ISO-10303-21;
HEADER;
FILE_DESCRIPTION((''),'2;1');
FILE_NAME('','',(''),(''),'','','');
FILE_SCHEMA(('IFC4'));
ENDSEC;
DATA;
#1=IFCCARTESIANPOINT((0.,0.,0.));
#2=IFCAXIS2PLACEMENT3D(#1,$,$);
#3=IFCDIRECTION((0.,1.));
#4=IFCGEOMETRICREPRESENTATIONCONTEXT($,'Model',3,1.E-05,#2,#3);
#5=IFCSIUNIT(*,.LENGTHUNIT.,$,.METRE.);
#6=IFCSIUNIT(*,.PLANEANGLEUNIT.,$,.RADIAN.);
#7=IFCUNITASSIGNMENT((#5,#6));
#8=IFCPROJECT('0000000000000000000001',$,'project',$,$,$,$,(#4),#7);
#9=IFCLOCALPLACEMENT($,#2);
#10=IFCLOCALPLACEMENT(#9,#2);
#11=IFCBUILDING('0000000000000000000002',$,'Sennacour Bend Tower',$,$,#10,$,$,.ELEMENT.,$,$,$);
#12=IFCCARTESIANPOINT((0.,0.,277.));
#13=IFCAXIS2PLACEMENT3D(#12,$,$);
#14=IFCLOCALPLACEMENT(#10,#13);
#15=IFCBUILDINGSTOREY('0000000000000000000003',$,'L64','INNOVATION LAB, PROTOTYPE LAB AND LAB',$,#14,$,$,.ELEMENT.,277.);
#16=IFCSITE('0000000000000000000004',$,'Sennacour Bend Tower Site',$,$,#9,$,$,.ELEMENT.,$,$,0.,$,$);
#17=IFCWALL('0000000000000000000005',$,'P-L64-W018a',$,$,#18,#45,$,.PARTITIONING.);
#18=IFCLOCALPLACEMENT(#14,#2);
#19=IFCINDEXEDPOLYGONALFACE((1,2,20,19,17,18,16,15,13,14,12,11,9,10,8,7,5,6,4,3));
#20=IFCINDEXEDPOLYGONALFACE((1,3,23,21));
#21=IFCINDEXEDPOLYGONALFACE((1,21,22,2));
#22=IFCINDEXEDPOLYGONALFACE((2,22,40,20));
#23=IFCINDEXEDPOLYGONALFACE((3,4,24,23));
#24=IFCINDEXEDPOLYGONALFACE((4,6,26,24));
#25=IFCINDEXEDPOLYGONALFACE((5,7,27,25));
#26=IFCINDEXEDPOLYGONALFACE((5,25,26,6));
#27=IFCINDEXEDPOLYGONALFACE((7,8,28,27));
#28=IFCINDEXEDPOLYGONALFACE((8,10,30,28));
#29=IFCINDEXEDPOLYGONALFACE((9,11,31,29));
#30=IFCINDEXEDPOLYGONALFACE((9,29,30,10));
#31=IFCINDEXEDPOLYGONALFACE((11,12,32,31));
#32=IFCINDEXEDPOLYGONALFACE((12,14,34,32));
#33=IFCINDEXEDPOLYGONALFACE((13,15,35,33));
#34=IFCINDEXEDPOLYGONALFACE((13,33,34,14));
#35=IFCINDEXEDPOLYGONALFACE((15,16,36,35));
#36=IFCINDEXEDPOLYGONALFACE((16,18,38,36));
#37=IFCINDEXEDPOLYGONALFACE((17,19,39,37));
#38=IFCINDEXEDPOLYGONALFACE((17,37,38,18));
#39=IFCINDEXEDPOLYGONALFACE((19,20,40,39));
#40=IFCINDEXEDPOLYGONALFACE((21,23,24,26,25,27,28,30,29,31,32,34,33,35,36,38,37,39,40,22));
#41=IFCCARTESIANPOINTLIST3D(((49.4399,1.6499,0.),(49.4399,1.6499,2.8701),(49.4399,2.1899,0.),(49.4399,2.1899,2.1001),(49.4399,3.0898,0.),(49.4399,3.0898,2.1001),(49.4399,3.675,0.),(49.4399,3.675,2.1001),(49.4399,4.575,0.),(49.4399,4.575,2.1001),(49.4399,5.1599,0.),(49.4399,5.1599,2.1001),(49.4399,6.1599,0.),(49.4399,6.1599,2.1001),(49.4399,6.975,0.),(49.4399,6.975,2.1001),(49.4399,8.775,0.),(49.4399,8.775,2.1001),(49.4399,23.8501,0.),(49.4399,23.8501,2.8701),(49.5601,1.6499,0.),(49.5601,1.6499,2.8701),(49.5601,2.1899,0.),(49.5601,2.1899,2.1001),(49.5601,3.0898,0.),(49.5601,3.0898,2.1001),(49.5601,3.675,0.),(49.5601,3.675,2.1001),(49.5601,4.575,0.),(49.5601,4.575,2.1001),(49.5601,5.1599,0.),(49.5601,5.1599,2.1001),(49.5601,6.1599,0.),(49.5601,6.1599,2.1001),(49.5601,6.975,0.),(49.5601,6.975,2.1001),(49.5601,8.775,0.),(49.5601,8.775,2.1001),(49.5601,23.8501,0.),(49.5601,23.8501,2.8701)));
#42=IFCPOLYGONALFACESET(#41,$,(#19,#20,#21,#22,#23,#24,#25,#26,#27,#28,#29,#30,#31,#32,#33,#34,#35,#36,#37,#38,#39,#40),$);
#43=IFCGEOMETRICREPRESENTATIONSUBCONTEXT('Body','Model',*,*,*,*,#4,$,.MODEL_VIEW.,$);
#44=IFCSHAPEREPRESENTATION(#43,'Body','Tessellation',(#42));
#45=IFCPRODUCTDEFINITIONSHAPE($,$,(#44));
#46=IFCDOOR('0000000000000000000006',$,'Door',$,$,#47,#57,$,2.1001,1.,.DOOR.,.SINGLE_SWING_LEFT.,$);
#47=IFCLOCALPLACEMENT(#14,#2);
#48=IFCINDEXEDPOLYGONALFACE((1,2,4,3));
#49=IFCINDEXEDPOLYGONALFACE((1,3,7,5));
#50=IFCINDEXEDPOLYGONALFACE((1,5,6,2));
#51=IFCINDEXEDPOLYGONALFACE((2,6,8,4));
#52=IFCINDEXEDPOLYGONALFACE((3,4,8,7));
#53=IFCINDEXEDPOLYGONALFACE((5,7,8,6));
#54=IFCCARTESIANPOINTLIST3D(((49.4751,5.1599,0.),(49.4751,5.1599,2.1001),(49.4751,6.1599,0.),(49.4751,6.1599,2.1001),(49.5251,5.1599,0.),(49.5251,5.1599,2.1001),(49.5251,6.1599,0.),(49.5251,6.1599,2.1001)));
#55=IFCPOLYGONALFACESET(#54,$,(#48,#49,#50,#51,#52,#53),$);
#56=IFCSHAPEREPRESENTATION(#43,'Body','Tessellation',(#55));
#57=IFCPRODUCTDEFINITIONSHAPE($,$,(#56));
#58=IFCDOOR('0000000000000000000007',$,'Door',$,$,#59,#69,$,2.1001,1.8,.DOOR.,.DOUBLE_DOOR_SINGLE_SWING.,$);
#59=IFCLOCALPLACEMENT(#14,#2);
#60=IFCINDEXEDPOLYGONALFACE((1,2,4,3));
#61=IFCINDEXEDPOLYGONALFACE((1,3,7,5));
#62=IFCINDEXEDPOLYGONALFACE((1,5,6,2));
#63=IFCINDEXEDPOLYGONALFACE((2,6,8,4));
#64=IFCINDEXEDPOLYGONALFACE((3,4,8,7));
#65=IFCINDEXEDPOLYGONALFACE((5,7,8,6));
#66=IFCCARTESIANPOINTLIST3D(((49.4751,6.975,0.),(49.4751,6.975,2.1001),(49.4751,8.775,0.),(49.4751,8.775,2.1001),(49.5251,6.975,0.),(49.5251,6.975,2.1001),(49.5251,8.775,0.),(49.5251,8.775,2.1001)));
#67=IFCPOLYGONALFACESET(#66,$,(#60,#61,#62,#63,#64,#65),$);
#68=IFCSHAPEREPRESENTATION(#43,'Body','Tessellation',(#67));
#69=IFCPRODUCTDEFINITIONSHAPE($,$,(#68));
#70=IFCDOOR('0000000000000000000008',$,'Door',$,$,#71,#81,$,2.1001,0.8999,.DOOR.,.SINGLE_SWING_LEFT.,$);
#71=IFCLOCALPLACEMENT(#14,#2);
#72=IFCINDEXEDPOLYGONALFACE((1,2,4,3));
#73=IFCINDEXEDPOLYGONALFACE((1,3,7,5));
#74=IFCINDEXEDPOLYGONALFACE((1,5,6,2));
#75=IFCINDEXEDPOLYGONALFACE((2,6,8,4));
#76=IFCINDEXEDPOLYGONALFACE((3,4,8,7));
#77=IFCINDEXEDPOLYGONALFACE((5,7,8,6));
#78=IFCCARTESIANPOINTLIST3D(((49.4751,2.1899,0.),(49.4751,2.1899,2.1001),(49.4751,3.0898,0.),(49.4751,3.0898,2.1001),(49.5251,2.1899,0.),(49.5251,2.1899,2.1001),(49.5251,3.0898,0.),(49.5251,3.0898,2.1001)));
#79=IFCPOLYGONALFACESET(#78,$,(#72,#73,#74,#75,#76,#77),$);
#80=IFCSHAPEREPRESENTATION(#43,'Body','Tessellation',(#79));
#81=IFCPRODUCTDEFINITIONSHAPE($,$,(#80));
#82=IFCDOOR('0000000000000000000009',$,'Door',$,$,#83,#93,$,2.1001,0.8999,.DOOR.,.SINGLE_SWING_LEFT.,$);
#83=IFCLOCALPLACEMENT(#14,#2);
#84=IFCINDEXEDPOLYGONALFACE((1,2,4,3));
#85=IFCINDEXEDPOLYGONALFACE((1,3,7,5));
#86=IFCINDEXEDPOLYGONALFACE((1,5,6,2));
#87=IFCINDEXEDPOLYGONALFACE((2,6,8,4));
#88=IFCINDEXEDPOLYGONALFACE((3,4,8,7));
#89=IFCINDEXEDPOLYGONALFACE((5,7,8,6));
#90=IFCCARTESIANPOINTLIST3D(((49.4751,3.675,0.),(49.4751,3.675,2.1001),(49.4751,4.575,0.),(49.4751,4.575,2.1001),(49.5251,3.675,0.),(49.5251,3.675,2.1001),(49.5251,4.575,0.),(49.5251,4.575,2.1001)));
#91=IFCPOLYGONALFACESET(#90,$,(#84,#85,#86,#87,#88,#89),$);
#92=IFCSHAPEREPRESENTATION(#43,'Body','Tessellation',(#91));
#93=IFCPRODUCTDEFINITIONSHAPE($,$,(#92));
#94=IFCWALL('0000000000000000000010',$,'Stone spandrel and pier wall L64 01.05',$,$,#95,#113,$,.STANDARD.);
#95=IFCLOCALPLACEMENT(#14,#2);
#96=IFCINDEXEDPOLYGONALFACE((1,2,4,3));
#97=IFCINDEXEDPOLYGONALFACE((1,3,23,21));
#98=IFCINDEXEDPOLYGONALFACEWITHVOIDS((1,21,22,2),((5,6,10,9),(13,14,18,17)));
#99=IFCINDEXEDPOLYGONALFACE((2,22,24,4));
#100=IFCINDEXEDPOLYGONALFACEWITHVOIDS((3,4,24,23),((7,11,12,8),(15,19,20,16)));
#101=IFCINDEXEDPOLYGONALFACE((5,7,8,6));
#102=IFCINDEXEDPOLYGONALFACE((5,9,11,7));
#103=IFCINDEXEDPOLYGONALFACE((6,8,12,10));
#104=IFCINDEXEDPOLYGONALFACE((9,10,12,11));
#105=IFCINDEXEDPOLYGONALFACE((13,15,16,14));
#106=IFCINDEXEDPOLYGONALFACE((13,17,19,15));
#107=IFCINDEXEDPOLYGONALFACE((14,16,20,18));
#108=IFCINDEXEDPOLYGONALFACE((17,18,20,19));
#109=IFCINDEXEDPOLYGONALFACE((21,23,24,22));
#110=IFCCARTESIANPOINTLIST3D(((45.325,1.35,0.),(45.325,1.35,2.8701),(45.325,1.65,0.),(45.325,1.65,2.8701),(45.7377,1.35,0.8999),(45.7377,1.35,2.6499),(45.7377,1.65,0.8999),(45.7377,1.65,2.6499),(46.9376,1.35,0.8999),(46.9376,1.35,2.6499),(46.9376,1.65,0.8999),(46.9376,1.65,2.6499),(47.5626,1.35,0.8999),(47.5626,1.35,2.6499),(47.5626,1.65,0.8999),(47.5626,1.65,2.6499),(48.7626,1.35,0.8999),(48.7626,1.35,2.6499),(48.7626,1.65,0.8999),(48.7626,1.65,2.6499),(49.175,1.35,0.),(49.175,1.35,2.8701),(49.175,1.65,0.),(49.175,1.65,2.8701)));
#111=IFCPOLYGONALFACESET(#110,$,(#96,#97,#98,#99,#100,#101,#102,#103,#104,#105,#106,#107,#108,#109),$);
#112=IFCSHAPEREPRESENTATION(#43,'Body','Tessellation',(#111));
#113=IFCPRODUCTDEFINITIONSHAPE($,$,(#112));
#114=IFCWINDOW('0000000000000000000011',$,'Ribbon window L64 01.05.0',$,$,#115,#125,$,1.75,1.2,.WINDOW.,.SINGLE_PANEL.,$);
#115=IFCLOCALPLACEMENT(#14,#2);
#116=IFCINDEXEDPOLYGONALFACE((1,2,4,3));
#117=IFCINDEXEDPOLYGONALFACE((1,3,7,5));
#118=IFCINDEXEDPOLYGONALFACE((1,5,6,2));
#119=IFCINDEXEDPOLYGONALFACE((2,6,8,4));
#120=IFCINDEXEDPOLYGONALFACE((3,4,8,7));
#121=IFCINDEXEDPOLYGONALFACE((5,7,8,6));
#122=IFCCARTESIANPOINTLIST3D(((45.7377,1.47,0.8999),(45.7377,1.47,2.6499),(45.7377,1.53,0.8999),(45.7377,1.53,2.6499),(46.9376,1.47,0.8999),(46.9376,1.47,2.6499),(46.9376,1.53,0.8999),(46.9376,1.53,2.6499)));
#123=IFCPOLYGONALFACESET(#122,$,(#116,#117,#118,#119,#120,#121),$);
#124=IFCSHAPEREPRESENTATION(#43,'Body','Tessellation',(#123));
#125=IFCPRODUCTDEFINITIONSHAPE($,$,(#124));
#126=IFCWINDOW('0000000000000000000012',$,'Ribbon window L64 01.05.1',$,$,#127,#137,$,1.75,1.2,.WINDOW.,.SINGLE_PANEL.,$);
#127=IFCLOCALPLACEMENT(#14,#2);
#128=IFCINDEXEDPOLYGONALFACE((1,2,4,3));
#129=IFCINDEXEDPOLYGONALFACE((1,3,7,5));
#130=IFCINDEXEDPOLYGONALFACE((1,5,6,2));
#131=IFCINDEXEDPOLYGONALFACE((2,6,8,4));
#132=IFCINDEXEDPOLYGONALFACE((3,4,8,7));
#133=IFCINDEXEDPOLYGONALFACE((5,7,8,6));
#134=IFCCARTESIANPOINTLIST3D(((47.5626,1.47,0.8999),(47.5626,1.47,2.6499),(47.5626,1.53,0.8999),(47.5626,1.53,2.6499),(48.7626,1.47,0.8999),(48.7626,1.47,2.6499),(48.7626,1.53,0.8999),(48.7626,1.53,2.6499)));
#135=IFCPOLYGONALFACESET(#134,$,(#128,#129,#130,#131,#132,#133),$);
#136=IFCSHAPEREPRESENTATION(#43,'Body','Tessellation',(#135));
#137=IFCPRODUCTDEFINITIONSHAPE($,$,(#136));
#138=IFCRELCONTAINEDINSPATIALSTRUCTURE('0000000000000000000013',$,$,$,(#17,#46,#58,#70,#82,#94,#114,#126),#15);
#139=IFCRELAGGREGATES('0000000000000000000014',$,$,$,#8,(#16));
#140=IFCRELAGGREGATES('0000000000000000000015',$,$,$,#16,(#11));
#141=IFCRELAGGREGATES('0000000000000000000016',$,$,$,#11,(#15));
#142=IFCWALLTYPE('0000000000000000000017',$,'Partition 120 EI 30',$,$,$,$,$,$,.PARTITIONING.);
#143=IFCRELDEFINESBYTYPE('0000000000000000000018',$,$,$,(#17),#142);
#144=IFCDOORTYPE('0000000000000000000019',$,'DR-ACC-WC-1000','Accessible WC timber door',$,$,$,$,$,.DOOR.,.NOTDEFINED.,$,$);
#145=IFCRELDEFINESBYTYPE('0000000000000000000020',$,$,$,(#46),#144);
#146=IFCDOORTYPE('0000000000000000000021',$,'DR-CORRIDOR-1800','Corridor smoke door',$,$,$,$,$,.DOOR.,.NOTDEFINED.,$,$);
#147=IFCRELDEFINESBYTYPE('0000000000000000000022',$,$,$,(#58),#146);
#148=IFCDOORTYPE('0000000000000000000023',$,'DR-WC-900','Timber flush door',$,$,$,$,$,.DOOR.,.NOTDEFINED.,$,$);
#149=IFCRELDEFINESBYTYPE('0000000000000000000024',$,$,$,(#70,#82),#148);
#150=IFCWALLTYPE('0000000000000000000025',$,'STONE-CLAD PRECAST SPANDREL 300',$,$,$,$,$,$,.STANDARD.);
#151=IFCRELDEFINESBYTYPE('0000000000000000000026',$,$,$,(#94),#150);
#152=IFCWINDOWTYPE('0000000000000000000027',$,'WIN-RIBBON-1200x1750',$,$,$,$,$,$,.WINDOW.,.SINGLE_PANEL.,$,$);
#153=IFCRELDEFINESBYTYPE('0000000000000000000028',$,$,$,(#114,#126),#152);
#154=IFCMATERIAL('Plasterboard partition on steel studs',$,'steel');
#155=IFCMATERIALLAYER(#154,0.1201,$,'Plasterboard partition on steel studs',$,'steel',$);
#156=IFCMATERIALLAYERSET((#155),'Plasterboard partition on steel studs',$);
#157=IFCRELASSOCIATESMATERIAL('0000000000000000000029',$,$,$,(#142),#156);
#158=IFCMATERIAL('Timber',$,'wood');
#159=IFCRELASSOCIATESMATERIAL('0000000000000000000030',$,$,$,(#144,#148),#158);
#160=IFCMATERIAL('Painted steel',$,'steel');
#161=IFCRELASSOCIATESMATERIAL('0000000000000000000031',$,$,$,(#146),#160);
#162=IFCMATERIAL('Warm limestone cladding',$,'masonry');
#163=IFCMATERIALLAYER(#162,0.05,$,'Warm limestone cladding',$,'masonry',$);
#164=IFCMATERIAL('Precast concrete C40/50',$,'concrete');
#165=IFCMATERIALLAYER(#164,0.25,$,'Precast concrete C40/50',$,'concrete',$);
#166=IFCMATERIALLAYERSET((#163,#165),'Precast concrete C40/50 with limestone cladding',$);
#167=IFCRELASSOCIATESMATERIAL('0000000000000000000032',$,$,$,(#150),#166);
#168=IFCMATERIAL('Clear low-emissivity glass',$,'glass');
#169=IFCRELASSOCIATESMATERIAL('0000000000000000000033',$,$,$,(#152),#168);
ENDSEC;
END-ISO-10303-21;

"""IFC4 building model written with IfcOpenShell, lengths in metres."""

from ifc_helpers import new_model, si_unit, direction, frame, frame_2d, origin, place, context, subcontext, project, spatial, rectangle, extrude, material, layer, layer_set, type_object, element, fill, save


model = new_model("IFC4")

# Units and contexts
model_context = context("Model", 3, precision=1e-05, world=origin(), true_north=direction((0.0, 1.0)))
body_context = subcontext(model_context, "Body", "Model", "MODEL_VIEW")
ifc_project = project(units=[si_unit("LENGTHUNIT", "METRE"), si_unit("PLANEANGLEUNIT", "RADIAN")], contexts=[model_context])

# Site, building, storey
site_placement = place(None, origin())
site = spatial("IfcSite", under=ifc_project, at=site_placement, Name="Sennacour Bend Tower Site", CompositionType="ELEMENT", RefElevation=0.0)
building_placement = place(site_placement, origin())
building = spatial("IfcBuilding", under=site, at=building_placement, Name="Sennacour Bend Tower", CompositionType="ELEMENT")
storey_placement = place(building_placement, frame((0.0, 0.0, 277.0)))
storey = spatial("IfcBuildingStorey", under=building, at=storey_placement, Name="L64", Description="INNOVATION LAB, PROTOTYPE LAB AND LAB", CompositionType="ELEMENT", Elevation=277.0)

# Shared definitions
ifc_material_1 = material(Name="Painted steel", Category="steel")

# Shared definitions
ifc_material_2 = material(Name="Plasterboard partition on steel studs", Category="steel")

# Wall, openings, doors
ifc_layer_1 = layer(ifc_material_2, 0.1201, Name="Plasterboard partition on steel studs", Category="steel")
ifc_layer_set_1 = layer_set([ifc_layer_1], Name="Plasterboard partition on steel studs")
wall_type_1 = type_object("IfcWallType", Name="Partition 120 EI 30", PredefinedType="PARTITIONING", material=ifc_layer_set_1)
wall_1_placement = place(storey_placement, frame((49.5, 1.6499, 0.0), z_axis=(0.0, 0.0, 1.0), x_axis=(0.0, 1.0, 0.0)))
wall_1 = element("IfcWall", 1, at=wall_1_placement, inside=storey, type_object=wall_type_1, Name="P-L64-W018a", PredefinedType="PARTITIONING", context=body_context, shape_type="SweptSolid", body=[
    extrude(rectangle(XDim=22.2002, YDim=0.1201, at=frame_2d((11.1001, 0.0))), origin(), (0.0, 0.0, 1.0), 2.8701),
])
opening_1_placement = place(wall_1_placement, frame((5.3252, 0.0, 0.0)))
opening_1 = element("IfcOpeningElement", 2, at=opening_1_placement, cuts=wall_1, PredefinedType="OPENING", context=body_context, shape_type="SweptSolid", body=[
    extrude(rectangle(XDim=1.8, YDim=2.1001, at=frame_2d((0.8999, 1.05))), frame((0.0, 0.0701, 0.0), z_axis=(0.0, -1.0, 0.0), x_axis=(1.0, 0.0, 0.0)), (0.0, 0.0, 1.0), 0.1401),
])
opening_2_placement = place(wall_1_placement, frame((0.54, 0.0, 0.0)))
opening_2 = element("IfcOpeningElement", 3, at=opening_2_placement, cuts=wall_1, PredefinedType="OPENING", context=body_context, shape_type="SweptSolid", body=[
    extrude(rectangle(XDim=0.8999, YDim=2.1001, at=frame_2d((0.45, 1.05))), frame((0.0, 0.0701, 0.0), z_axis=(0.0, -1.0, 0.0), x_axis=(1.0, 0.0, 0.0)), (0.0, 0.0, 1.0), 0.1401),
])
opening_3_placement = place(wall_1_placement, frame((2.0251, 0.0, 0.0)))
opening_3 = element("IfcOpeningElement", 4, at=opening_3_placement, cuts=wall_1, PredefinedType="OPENING", context=body_context, shape_type="SweptSolid", body=[
    extrude(rectangle(XDim=0.8999, YDim=2.1001, at=frame_2d((0.45, 1.05))), frame((0.0, 0.0701, 0.0), z_axis=(0.0, -1.0, 0.0), x_axis=(1.0, 0.0, 0.0)), (0.0, 0.0, 1.0), 0.1401),
])
opening_4_placement = place(wall_1_placement, frame((3.51, 0.0, 0.0)))
opening_4 = element("IfcOpeningElement", 5, at=opening_4_placement, cuts=wall_1, PredefinedType="OPENING", context=body_context, shape_type="SweptSolid", body=[
    extrude(rectangle(XDim=1.0, YDim=2.1001, at=frame_2d((0.5, 1.05))), frame((0.0, 0.0701, 0.0), z_axis=(0.0, -1.0, 0.0), x_axis=(1.0, 0.0, 0.0)), (0.0, 0.0, 1.0), 0.1401),
])
ifc_material_3 = material(Name="Timber", Category="wood")
door_type_1 = type_object("IfcDoorType", Name="DR-ACC-WC-1000", Description="Accessible WC timber door", OperationType="NOTDEFINED", PredefinedType="DOOR", material=ifc_material_3)
door_1_placement = place(opening_4_placement, origin())
door_1 = element("IfcDoor", 6, at=door_1_placement, inside=storey, type_object=door_type_1, Name="Door", OperationType="SINGLE_SWING_LEFT", OverallHeight=2.1001, OverallWidth=1.0, PredefinedType="DOOR", context=body_context, shape_type="SweptSolid", body=[
    extrude(rectangle(XDim=1.0, YDim=2.1001, at=frame_2d((0.5, 1.05))), frame((0.0, 0.0249, 0.0), z_axis=(0.0, -1.0, 0.0), x_axis=(1.0, 0.0, 0.0)), (0.0, 0.0, 1.0), 0.05),
])
fill(opening_4, door_1)
door_type_2 = type_object("IfcDoorType", Name="DR-CORRIDOR-1800", Description="Corridor smoke door", OperationType="NOTDEFINED", PredefinedType="DOOR", material=ifc_material_1)
door_2_placement = place(opening_1_placement, origin())
door_2 = element("IfcDoor", 7, at=door_2_placement, inside=storey, type_object=door_type_2, Name="Door", OperationType="DOUBLE_DOOR_SINGLE_SWING", OverallHeight=2.1001, OverallWidth=1.8, PredefinedType="DOOR", context=body_context, shape_type="SweptSolid", body=[
    extrude(rectangle(XDim=1.8, YDim=2.1001, at=frame_2d((0.8999, 1.05))), frame((0.0, 0.0249, 0.0), z_axis=(0.0, -1.0, 0.0), x_axis=(1.0, 0.0, 0.0)), (0.0, 0.0, 1.0), 0.05),
])
fill(opening_1, door_2)
door_type_3 = type_object("IfcDoorType", Name="DR-WC-900", Description="Timber flush door", OperationType="NOTDEFINED", PredefinedType="DOOR", material=ifc_material_3)
door_3_placement = place(opening_2_placement, origin())
door_3 = element("IfcDoor", 8, at=door_3_placement, inside=storey, type_object=door_type_3, Name="Door", OperationType="SINGLE_SWING_LEFT", OverallHeight=2.1001, OverallWidth=0.8999, PredefinedType="DOOR", context=body_context, shape_type="SweptSolid", body=[
    extrude(rectangle(XDim=0.8999, YDim=2.1001, at=frame_2d((0.45, 1.05))), frame((0.0, 0.0249, 0.0), z_axis=(0.0, -1.0, 0.0), x_axis=(1.0, 0.0, 0.0)), (0.0, 0.0, 1.0), 0.05),
])
fill(opening_2, door_3)
door_4_placement = place(opening_3_placement, origin())
door_4 = element("IfcDoor", 9, at=door_4_placement, inside=storey, type_object=door_type_3, Name="Door", OperationType="SINGLE_SWING_LEFT", OverallHeight=2.1001, OverallWidth=0.8999, PredefinedType="DOOR", context=body_context, shape_type="SweptSolid", body=[
    extrude(rectangle(XDim=0.8999, YDim=2.1001, at=frame_2d((0.45, 1.05))), frame((0.0, 0.0249, 0.0), z_axis=(0.0, -1.0, 0.0), x_axis=(1.0, 0.0, 0.0)), (0.0, 0.0, 1.0), 0.05),
])
fill(opening_3, door_4)

# Wall, openings, windows
ifc_material_4 = material(Name="Warm limestone cladding", Category="masonry")
ifc_layer_2 = layer(ifc_material_4, 0.05, Name="Warm limestone cladding", Category="masonry")
ifc_material_5 = material(Name="Precast concrete C40/50", Category="concrete")
ifc_layer_3 = layer(ifc_material_5, 0.25, Name="Precast concrete C40/50", Category="concrete")
ifc_layer_set_2 = layer_set([ifc_layer_2, ifc_layer_3], Name="Precast concrete C40/50 with limestone cladding")
wall_type_2 = type_object("IfcWallType", Name="STONE-CLAD PRECAST SPANDREL 300", PredefinedType="STANDARD", material=ifc_layer_set_2)
wall_2_placement = place(storey_placement, frame((45.325, 1.5, 0.0), z_axis=(0.0, 0.0, 1.0), x_axis=(1.0, 0.0, 0.0)))
wall_2 = element("IfcWall", 10, at=wall_2_placement, inside=storey, type_object=wall_type_2, Name="Stone spandrel and pier wall L64 01.05", PredefinedType="STANDARD", context=body_context, shape_type="SweptSolid", body=[
    extrude(rectangle(XDim=3.8501, YDim=0.3, at=frame_2d((1.925, 0.0))), origin(), (0.0, 0.0, 1.0), 2.8701),
])
opening_5_placement = place(wall_2_placement, frame((0.4126, 0.0, 0.8999)))
opening_5 = element("IfcOpeningElement", 11, at=opening_5_placement, cuts=wall_2, PredefinedType="OPENING", context=body_context, shape_type="SweptSolid", body=[
    extrude(rectangle(XDim=1.2, YDim=1.75, at=frame_2d((0.6001, 0.875))), frame((0.0, 0.1602, 0.0), z_axis=(0.0, -1.0, 0.0), x_axis=(1.0, 0.0, 0.0)), (0.0, 0.0, 1.0), 0.3201),
])
opening_6_placement = place(wall_2_placement, frame((2.2375, 0.0, 0.8999)))
opening_6 = element("IfcOpeningElement", 12, at=opening_6_placement, cuts=wall_2, PredefinedType="OPENING", context=body_context, shape_type="SweptSolid", body=[
    extrude(rectangle(XDim=1.2, YDim=1.75, at=frame_2d((0.6001, 0.875))), frame((0.0, 0.1602, 0.0), z_axis=(0.0, -1.0, 0.0), x_axis=(1.0, 0.0, 0.0)), (0.0, 0.0, 1.0), 0.3201),
])
ifc_material_6 = material(Name="Clear low-emissivity glass", Category="glass")
window_type_1 = type_object("IfcWindowType", Name="WIN-RIBBON-1200x1750", PartitioningType="SINGLE_PANEL", PredefinedType="WINDOW", material=ifc_material_6)
window_1_placement = place(opening_5_placement, origin())
window_1 = element("IfcWindow", 13, at=window_1_placement, inside=storey, type_object=window_type_1, Name="Ribbon window L64 01.05.0", OverallHeight=1.75, OverallWidth=1.2, PartitioningType="SINGLE_PANEL", PredefinedType="WINDOW", context=body_context, shape_type="SweptSolid", body=[
    extrude(rectangle(XDim=1.2, YDim=1.75, at=frame_2d((0.6001, 0.875))), frame((0.0, 0.03, 0.0), z_axis=(0.0, -1.0, 0.0), x_axis=(1.0, 0.0, 0.0)), (0.0, 0.0, 1.0), 0.0601),
])
fill(opening_5, window_1)
window_2_placement = place(opening_6_placement, origin())
window_2 = element("IfcWindow", 14, at=window_2_placement, inside=storey, type_object=window_type_1, Name="Ribbon window L64 01.05.1", OverallHeight=1.75, OverallWidth=1.2, PartitioningType="SINGLE_PANEL", PredefinedType="WINDOW", context=body_context, shape_type="SweptSolid", body=[
    extrude(rectangle(XDim=1.2, YDim=1.75, at=frame_2d((0.6001, 0.875))), frame((0.0, 0.03, 0.0), z_axis=(0.0, -1.0, 0.0), x_axis=(1.0, 0.0, 0.0)), (0.0, 0.0, 1.0), 0.0601),
])
fill(opening_6, window_2)

save(model, "model.ifc")
